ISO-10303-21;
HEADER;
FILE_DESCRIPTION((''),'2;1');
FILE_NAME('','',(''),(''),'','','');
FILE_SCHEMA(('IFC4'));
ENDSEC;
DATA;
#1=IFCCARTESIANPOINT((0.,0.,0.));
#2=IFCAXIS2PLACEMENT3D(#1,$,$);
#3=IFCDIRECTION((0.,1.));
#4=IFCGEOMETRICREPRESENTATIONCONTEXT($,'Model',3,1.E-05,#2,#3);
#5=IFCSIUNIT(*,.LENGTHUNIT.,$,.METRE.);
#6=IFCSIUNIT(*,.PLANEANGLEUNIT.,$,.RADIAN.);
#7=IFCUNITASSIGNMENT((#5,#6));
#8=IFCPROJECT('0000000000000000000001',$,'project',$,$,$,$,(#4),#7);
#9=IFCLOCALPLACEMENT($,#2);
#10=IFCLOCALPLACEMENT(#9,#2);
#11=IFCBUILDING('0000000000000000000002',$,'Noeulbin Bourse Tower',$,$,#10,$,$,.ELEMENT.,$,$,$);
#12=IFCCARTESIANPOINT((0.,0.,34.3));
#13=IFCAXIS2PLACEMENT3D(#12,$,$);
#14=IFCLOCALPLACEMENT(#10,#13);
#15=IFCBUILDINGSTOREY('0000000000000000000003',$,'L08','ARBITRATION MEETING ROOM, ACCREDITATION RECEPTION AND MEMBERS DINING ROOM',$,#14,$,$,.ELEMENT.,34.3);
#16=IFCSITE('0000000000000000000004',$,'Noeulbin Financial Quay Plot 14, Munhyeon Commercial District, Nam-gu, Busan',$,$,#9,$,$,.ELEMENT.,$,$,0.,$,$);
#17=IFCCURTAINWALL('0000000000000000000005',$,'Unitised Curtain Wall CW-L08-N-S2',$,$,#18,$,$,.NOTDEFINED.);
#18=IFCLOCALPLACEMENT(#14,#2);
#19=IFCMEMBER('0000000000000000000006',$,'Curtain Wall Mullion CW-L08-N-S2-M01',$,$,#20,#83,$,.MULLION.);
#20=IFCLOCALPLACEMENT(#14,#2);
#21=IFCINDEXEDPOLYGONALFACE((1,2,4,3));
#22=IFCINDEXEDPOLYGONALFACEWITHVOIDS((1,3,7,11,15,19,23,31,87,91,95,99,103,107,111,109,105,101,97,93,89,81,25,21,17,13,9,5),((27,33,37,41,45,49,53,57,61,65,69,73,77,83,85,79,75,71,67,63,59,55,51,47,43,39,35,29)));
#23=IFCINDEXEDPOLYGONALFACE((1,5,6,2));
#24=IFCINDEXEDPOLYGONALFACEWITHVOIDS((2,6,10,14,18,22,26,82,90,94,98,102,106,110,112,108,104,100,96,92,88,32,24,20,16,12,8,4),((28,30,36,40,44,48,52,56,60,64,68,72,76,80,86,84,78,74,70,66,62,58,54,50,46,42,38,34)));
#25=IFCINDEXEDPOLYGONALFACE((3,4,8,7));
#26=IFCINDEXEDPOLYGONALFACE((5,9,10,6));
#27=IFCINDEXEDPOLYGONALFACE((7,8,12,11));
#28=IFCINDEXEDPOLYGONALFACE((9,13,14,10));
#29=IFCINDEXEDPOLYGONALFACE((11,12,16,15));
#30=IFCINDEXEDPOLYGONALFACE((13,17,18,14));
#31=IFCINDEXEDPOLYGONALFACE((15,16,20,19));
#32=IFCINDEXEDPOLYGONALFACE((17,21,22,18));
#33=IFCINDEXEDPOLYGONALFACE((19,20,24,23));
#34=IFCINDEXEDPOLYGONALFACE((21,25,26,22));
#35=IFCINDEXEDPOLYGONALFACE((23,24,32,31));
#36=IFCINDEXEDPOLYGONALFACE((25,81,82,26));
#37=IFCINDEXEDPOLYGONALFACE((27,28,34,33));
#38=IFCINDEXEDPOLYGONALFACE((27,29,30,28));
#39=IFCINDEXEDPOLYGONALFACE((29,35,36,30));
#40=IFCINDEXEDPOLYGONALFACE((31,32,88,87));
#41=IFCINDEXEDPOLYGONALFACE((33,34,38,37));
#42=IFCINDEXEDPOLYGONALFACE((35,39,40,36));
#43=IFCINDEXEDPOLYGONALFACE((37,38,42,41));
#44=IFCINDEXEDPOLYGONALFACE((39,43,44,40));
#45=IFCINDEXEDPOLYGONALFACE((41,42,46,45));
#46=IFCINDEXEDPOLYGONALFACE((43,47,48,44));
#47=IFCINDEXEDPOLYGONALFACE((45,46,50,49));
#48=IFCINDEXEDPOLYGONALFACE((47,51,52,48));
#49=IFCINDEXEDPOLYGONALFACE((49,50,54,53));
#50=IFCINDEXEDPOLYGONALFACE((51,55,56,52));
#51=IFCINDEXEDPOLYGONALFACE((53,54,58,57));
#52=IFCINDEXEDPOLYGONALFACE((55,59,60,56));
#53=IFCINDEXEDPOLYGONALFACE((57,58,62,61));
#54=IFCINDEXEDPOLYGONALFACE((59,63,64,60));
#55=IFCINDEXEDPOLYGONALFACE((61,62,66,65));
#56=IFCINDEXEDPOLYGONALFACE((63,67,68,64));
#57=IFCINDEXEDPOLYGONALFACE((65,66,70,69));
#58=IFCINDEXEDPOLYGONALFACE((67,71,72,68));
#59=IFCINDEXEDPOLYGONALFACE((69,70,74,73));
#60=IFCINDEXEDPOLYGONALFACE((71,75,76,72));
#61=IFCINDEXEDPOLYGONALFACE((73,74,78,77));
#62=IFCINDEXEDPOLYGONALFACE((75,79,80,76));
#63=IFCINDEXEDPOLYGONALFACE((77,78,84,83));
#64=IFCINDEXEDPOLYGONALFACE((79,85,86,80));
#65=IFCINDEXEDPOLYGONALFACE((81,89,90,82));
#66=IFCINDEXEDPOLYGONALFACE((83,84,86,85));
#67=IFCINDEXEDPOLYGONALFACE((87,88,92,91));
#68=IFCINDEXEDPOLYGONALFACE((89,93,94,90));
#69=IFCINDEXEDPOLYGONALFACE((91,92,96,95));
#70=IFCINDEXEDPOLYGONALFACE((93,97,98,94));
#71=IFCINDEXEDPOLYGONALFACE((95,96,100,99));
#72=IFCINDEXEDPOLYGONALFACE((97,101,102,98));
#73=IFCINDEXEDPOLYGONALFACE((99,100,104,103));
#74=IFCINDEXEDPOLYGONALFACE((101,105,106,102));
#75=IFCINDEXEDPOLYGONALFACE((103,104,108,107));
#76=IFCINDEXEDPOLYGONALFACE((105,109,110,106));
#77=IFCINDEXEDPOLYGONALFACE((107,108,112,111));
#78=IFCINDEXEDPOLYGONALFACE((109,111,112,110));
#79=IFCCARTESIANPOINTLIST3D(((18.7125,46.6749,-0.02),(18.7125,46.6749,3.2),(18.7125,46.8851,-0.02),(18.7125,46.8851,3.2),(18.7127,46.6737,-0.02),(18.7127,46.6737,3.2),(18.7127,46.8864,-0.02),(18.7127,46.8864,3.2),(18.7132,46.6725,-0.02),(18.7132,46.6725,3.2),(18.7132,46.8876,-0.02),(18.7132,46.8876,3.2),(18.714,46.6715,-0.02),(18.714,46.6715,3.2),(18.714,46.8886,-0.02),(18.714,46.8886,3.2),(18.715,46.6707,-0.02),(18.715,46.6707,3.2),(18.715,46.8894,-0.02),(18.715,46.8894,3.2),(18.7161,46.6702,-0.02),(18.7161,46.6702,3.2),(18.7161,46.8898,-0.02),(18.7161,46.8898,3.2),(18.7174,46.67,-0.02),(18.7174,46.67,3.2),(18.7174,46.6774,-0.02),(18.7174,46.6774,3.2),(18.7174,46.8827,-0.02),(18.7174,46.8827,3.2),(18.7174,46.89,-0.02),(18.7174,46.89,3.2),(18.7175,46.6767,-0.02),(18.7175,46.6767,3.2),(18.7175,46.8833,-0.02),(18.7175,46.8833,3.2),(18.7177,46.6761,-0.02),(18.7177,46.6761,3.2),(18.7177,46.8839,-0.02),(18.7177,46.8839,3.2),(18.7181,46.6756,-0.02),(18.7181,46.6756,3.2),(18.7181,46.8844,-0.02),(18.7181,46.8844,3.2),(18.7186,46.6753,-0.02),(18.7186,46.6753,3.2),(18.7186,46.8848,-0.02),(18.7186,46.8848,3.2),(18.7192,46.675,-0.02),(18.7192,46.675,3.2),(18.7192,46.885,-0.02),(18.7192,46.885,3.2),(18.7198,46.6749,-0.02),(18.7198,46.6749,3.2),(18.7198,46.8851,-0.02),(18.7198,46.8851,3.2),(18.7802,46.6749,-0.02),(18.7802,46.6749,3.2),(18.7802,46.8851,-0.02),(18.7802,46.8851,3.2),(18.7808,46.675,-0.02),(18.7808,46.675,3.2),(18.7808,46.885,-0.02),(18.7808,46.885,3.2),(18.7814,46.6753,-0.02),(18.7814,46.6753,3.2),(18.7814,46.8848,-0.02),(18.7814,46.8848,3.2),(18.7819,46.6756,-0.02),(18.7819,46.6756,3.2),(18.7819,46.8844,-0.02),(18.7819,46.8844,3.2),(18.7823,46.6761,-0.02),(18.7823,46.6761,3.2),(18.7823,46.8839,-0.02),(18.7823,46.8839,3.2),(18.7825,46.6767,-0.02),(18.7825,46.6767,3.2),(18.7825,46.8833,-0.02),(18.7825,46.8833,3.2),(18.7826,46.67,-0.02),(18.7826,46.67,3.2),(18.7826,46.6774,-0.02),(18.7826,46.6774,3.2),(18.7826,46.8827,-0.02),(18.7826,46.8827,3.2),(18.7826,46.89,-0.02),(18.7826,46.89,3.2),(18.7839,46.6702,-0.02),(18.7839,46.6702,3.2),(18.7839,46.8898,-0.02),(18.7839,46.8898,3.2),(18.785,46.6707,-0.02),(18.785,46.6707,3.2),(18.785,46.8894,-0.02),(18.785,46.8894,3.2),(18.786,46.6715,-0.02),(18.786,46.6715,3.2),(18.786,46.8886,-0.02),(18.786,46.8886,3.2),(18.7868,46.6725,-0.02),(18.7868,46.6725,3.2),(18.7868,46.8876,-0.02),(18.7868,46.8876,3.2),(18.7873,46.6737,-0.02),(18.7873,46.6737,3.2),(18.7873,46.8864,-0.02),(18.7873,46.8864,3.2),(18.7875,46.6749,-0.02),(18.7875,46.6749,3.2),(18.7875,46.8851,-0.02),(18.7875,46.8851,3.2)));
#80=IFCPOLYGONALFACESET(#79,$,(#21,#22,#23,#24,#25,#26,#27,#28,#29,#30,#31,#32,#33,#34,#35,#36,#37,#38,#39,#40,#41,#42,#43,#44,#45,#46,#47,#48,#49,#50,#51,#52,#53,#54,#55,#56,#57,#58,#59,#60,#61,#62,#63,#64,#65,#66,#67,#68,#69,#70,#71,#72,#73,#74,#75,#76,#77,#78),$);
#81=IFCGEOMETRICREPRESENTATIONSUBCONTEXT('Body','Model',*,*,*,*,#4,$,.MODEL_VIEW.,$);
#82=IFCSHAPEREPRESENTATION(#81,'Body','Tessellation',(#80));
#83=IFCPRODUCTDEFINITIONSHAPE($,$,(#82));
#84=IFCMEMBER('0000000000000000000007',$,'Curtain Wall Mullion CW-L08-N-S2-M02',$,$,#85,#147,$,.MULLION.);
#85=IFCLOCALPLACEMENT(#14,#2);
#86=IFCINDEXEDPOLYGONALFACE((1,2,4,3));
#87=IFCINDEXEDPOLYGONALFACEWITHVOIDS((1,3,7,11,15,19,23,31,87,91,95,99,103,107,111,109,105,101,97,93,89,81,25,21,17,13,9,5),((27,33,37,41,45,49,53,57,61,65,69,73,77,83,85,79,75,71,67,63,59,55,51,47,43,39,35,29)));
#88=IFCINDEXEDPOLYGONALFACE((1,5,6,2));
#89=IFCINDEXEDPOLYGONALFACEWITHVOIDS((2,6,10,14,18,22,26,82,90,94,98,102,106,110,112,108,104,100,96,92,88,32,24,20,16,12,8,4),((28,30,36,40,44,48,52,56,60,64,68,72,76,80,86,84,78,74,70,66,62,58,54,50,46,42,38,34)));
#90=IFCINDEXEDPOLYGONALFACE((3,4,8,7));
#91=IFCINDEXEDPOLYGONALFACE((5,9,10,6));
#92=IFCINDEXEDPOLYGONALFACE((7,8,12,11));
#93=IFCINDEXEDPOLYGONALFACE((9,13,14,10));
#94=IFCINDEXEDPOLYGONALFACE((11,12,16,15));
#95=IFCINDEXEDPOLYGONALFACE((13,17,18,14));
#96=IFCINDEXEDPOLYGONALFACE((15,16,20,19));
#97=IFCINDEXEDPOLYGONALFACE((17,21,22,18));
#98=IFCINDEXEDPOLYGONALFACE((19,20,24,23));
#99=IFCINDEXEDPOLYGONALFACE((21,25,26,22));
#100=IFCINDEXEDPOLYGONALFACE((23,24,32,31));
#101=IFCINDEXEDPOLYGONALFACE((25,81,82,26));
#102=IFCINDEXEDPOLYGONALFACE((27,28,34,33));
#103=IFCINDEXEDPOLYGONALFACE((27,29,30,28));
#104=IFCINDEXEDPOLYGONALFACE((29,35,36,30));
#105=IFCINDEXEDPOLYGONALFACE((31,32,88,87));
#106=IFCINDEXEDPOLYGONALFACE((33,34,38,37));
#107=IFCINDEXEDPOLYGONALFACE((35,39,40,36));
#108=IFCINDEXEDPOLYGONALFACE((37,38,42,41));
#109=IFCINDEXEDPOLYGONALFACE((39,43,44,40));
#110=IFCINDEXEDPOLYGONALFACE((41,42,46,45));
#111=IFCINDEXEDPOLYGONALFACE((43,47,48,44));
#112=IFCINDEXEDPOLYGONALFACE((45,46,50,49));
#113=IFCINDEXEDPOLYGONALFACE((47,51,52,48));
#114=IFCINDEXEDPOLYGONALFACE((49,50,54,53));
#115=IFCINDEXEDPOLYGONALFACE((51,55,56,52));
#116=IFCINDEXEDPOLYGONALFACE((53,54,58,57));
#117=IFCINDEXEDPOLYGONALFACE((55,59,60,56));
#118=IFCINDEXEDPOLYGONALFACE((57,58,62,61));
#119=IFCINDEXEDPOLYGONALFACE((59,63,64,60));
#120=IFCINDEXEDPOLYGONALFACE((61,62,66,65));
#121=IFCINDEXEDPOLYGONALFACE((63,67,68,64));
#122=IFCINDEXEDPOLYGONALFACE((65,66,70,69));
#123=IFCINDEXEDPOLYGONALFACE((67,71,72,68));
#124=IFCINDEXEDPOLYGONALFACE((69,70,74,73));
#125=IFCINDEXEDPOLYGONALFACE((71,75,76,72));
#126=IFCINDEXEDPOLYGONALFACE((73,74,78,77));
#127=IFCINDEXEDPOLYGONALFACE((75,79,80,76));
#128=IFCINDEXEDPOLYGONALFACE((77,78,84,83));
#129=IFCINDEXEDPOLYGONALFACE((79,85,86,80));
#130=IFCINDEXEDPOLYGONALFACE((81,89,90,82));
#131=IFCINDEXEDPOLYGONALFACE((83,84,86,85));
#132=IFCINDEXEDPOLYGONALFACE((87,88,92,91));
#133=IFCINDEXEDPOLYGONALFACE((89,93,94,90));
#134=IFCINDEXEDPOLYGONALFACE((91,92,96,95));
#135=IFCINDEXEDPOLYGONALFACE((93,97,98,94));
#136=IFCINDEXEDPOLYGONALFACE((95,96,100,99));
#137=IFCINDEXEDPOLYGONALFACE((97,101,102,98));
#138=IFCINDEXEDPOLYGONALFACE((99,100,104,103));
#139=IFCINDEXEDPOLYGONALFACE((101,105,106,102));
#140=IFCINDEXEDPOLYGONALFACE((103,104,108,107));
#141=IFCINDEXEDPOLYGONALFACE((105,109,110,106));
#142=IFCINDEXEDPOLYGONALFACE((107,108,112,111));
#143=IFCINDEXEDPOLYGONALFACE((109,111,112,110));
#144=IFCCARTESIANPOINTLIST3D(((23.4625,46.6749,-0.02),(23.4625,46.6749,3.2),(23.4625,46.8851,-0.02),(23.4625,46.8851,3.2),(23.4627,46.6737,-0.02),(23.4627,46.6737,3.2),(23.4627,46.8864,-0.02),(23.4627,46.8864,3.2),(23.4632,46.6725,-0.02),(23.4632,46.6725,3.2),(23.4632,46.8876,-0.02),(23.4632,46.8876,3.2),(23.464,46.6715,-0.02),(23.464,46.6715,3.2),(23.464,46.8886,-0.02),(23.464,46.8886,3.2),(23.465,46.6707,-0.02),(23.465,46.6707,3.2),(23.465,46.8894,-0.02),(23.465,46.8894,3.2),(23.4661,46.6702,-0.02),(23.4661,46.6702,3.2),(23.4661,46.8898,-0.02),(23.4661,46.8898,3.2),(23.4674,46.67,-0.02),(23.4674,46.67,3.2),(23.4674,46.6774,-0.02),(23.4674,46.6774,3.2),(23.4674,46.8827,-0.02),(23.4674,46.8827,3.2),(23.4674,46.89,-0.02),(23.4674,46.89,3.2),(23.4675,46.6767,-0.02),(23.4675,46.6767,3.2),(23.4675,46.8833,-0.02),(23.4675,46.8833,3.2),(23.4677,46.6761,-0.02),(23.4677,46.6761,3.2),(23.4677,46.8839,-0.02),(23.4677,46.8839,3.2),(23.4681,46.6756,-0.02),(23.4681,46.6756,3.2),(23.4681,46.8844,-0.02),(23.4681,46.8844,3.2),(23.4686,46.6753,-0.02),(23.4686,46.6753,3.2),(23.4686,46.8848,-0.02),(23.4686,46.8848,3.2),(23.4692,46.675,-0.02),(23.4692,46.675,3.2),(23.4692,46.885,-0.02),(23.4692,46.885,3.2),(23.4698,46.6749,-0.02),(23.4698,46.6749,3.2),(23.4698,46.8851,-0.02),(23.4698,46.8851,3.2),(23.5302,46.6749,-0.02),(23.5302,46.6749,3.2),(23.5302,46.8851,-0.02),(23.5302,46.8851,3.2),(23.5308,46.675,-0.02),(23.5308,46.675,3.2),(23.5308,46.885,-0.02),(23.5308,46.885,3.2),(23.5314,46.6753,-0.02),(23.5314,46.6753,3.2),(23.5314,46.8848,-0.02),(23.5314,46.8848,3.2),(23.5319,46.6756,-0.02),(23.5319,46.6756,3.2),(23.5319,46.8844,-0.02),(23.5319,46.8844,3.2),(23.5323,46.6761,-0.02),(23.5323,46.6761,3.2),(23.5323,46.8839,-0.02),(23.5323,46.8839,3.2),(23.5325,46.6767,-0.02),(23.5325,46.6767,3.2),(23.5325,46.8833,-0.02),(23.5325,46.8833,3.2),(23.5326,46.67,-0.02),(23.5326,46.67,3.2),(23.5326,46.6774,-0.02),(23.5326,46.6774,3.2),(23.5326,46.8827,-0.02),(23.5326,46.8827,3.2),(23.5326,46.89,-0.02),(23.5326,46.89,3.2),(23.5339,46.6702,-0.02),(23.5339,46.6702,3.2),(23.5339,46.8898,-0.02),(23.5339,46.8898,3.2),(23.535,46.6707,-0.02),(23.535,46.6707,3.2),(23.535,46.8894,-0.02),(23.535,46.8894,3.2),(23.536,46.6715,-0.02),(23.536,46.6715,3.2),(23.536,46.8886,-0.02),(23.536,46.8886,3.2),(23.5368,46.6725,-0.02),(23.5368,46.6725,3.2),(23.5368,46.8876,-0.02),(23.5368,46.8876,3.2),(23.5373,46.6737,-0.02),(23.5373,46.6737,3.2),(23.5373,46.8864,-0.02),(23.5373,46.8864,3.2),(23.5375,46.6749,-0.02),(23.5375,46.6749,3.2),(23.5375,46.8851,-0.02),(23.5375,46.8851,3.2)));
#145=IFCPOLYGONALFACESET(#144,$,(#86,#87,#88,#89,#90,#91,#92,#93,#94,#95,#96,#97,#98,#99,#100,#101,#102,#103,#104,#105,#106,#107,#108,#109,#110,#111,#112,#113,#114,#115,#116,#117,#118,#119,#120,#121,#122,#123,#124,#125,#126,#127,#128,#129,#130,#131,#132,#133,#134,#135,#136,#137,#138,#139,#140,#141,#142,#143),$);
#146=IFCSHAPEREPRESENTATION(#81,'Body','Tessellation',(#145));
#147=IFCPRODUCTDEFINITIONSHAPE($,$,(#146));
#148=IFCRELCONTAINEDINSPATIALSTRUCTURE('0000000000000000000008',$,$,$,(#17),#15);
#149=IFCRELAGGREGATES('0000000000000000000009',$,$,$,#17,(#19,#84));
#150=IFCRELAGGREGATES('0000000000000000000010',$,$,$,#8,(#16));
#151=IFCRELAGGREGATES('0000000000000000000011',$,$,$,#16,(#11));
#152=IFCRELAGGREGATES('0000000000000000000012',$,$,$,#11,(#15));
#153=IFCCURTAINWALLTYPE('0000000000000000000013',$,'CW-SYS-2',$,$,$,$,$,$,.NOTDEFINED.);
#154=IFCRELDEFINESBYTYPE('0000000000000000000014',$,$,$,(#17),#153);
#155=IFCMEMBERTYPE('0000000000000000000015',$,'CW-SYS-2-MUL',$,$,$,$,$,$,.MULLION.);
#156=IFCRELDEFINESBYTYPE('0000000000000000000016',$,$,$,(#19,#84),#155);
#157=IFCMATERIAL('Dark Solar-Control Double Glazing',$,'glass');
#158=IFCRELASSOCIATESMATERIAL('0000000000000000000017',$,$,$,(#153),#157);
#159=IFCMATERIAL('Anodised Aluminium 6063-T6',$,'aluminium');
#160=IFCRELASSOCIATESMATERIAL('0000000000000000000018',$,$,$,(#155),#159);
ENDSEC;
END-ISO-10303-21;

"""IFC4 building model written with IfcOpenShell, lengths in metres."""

from ifc_helpers import new_model, si_unit, direction, frame, origin, origin_2d, place, context, subcontext, project, spatial, hollow_rectangle, extrude, material, material_profile, profile_set, type_object, element, aggregate, save


model = new_model("IFC4")

# Units and contexts
model_context = context("Model", 3, precision=1e-05, world=origin(), true_north=direction((0.0, 1.0)))
body_context = subcontext(model_context, "Body", "Model", "MODEL_VIEW")
ifc_project = project(units=[si_unit("LENGTHUNIT", "METRE"), si_unit("PLANEANGLEUNIT", "RADIAN")], contexts=[model_context])

# Site, building, storey
site_placement = place(None, origin())
site = spatial("IfcSite", under=ifc_project, at=site_placement, Name="Noeulbin Financial Quay Plot 14, Munhyeon Commercial District, Nam-gu, Busan", CompositionType="ELEMENT", RefElevation=0.0)
building_placement = place(site_placement, origin())
building = spatial("IfcBuilding", under=site, at=building_placement, Name="Noeulbin Bourse Tower", CompositionType="ELEMENT")
storey_placement = place(building_placement, frame((0.0, 0.0, 34.3)))
storey = spatial("IfcBuildingStorey", under=building, at=storey_placement, Name="L08", Description="ARBITRATION MEETING ROOM, ACCREDITATION RECEPTION AND MEMBERS DINING ROOM", CompositionType="ELEMENT", Elevation=34.3)

# Curtain wall, members
ifc_material_1 = material(Name="Dark Solar-Control Double Glazing", Category="glass")
curtain_wall_type = type_object("IfcCurtainWallType", Name="CW-SYS-2", PredefinedType="NOTDEFINED", material=ifc_material_1)
curtain_wall_1_placement = place(storey_placement, origin())
curtain_wall_1 = element("IfcCurtainWall", 1, at=curtain_wall_1_placement, inside=storey, type_object=curtain_wall_type, Name="Unitised Curtain Wall CW-L08-N-S2", PredefinedType="NOTDEFINED")
ifc_material_2 = material(Name="Anodised Aluminium 6063-T6", Category="aluminium")
ifc_material_profile_1 = material_profile(ifc_material_2, hollow_rectangle(XDim=0.075, YDim=0.22, WallThickness=0.0049, InnerFilletRadius=0.0024, OuterFilletRadius=0.0049, at=origin_2d()), Name="ALU-MULL-75x220x5", Category="LoadBearing")
ifc_profile_set_1 = profile_set([ifc_material_profile_1], Name="Anodised Aluminium 6063-T6")
member_type_1 = type_object("IfcMemberType", Name="CW-SYS-2-MUL", PredefinedType="MULLION", material=ifc_profile_set_1)
member_1_placement = place(storey_placement, frame((18.75, 46.78, -0.02), z_axis=(0.0, 0.0, 1.0), x_axis=(1.0, 0.0, 0.0)))
member_1 = element("IfcMember", 2, at=member_1_placement, type_object=member_type_1, Name="Curtain Wall Mullion CW-L08-N-S2-M01", PredefinedType="MULLION", context=body_context, shape_type="SweptSolid", body=[
    extrude(hollow_rectangle(XDim=0.075, YDim=0.22, WallThickness=0.0049, InnerFilletRadius=0.0024, OuterFilletRadius=0.0049, at=origin_2d()), origin(), (0.0, 0.0, 1.0), 3.22),
])
member_2_placement = place(storey_placement, frame((23.5, 46.78, -0.02), z_axis=(0.0, 0.0, 1.0), x_axis=(1.0, 0.0, 0.0)))
member_2 = element("IfcMember", 3, at=member_2_placement, type_object=member_type_1, Name="Curtain Wall Mullion CW-L08-N-S2-M02", PredefinedType="MULLION", context=body_context, shape_type="SweptSolid", body=[
    extrude(hollow_rectangle(XDim=0.075, YDim=0.22, WallThickness=0.0049, InnerFilletRadius=0.0024, OuterFilletRadius=0.0049, at=origin_2d()), origin(), (0.0, 0.0, 1.0), 3.22),
])

aggregate(curtain_wall_1, [member_1, member_2])

save(model, "model.ifc")
